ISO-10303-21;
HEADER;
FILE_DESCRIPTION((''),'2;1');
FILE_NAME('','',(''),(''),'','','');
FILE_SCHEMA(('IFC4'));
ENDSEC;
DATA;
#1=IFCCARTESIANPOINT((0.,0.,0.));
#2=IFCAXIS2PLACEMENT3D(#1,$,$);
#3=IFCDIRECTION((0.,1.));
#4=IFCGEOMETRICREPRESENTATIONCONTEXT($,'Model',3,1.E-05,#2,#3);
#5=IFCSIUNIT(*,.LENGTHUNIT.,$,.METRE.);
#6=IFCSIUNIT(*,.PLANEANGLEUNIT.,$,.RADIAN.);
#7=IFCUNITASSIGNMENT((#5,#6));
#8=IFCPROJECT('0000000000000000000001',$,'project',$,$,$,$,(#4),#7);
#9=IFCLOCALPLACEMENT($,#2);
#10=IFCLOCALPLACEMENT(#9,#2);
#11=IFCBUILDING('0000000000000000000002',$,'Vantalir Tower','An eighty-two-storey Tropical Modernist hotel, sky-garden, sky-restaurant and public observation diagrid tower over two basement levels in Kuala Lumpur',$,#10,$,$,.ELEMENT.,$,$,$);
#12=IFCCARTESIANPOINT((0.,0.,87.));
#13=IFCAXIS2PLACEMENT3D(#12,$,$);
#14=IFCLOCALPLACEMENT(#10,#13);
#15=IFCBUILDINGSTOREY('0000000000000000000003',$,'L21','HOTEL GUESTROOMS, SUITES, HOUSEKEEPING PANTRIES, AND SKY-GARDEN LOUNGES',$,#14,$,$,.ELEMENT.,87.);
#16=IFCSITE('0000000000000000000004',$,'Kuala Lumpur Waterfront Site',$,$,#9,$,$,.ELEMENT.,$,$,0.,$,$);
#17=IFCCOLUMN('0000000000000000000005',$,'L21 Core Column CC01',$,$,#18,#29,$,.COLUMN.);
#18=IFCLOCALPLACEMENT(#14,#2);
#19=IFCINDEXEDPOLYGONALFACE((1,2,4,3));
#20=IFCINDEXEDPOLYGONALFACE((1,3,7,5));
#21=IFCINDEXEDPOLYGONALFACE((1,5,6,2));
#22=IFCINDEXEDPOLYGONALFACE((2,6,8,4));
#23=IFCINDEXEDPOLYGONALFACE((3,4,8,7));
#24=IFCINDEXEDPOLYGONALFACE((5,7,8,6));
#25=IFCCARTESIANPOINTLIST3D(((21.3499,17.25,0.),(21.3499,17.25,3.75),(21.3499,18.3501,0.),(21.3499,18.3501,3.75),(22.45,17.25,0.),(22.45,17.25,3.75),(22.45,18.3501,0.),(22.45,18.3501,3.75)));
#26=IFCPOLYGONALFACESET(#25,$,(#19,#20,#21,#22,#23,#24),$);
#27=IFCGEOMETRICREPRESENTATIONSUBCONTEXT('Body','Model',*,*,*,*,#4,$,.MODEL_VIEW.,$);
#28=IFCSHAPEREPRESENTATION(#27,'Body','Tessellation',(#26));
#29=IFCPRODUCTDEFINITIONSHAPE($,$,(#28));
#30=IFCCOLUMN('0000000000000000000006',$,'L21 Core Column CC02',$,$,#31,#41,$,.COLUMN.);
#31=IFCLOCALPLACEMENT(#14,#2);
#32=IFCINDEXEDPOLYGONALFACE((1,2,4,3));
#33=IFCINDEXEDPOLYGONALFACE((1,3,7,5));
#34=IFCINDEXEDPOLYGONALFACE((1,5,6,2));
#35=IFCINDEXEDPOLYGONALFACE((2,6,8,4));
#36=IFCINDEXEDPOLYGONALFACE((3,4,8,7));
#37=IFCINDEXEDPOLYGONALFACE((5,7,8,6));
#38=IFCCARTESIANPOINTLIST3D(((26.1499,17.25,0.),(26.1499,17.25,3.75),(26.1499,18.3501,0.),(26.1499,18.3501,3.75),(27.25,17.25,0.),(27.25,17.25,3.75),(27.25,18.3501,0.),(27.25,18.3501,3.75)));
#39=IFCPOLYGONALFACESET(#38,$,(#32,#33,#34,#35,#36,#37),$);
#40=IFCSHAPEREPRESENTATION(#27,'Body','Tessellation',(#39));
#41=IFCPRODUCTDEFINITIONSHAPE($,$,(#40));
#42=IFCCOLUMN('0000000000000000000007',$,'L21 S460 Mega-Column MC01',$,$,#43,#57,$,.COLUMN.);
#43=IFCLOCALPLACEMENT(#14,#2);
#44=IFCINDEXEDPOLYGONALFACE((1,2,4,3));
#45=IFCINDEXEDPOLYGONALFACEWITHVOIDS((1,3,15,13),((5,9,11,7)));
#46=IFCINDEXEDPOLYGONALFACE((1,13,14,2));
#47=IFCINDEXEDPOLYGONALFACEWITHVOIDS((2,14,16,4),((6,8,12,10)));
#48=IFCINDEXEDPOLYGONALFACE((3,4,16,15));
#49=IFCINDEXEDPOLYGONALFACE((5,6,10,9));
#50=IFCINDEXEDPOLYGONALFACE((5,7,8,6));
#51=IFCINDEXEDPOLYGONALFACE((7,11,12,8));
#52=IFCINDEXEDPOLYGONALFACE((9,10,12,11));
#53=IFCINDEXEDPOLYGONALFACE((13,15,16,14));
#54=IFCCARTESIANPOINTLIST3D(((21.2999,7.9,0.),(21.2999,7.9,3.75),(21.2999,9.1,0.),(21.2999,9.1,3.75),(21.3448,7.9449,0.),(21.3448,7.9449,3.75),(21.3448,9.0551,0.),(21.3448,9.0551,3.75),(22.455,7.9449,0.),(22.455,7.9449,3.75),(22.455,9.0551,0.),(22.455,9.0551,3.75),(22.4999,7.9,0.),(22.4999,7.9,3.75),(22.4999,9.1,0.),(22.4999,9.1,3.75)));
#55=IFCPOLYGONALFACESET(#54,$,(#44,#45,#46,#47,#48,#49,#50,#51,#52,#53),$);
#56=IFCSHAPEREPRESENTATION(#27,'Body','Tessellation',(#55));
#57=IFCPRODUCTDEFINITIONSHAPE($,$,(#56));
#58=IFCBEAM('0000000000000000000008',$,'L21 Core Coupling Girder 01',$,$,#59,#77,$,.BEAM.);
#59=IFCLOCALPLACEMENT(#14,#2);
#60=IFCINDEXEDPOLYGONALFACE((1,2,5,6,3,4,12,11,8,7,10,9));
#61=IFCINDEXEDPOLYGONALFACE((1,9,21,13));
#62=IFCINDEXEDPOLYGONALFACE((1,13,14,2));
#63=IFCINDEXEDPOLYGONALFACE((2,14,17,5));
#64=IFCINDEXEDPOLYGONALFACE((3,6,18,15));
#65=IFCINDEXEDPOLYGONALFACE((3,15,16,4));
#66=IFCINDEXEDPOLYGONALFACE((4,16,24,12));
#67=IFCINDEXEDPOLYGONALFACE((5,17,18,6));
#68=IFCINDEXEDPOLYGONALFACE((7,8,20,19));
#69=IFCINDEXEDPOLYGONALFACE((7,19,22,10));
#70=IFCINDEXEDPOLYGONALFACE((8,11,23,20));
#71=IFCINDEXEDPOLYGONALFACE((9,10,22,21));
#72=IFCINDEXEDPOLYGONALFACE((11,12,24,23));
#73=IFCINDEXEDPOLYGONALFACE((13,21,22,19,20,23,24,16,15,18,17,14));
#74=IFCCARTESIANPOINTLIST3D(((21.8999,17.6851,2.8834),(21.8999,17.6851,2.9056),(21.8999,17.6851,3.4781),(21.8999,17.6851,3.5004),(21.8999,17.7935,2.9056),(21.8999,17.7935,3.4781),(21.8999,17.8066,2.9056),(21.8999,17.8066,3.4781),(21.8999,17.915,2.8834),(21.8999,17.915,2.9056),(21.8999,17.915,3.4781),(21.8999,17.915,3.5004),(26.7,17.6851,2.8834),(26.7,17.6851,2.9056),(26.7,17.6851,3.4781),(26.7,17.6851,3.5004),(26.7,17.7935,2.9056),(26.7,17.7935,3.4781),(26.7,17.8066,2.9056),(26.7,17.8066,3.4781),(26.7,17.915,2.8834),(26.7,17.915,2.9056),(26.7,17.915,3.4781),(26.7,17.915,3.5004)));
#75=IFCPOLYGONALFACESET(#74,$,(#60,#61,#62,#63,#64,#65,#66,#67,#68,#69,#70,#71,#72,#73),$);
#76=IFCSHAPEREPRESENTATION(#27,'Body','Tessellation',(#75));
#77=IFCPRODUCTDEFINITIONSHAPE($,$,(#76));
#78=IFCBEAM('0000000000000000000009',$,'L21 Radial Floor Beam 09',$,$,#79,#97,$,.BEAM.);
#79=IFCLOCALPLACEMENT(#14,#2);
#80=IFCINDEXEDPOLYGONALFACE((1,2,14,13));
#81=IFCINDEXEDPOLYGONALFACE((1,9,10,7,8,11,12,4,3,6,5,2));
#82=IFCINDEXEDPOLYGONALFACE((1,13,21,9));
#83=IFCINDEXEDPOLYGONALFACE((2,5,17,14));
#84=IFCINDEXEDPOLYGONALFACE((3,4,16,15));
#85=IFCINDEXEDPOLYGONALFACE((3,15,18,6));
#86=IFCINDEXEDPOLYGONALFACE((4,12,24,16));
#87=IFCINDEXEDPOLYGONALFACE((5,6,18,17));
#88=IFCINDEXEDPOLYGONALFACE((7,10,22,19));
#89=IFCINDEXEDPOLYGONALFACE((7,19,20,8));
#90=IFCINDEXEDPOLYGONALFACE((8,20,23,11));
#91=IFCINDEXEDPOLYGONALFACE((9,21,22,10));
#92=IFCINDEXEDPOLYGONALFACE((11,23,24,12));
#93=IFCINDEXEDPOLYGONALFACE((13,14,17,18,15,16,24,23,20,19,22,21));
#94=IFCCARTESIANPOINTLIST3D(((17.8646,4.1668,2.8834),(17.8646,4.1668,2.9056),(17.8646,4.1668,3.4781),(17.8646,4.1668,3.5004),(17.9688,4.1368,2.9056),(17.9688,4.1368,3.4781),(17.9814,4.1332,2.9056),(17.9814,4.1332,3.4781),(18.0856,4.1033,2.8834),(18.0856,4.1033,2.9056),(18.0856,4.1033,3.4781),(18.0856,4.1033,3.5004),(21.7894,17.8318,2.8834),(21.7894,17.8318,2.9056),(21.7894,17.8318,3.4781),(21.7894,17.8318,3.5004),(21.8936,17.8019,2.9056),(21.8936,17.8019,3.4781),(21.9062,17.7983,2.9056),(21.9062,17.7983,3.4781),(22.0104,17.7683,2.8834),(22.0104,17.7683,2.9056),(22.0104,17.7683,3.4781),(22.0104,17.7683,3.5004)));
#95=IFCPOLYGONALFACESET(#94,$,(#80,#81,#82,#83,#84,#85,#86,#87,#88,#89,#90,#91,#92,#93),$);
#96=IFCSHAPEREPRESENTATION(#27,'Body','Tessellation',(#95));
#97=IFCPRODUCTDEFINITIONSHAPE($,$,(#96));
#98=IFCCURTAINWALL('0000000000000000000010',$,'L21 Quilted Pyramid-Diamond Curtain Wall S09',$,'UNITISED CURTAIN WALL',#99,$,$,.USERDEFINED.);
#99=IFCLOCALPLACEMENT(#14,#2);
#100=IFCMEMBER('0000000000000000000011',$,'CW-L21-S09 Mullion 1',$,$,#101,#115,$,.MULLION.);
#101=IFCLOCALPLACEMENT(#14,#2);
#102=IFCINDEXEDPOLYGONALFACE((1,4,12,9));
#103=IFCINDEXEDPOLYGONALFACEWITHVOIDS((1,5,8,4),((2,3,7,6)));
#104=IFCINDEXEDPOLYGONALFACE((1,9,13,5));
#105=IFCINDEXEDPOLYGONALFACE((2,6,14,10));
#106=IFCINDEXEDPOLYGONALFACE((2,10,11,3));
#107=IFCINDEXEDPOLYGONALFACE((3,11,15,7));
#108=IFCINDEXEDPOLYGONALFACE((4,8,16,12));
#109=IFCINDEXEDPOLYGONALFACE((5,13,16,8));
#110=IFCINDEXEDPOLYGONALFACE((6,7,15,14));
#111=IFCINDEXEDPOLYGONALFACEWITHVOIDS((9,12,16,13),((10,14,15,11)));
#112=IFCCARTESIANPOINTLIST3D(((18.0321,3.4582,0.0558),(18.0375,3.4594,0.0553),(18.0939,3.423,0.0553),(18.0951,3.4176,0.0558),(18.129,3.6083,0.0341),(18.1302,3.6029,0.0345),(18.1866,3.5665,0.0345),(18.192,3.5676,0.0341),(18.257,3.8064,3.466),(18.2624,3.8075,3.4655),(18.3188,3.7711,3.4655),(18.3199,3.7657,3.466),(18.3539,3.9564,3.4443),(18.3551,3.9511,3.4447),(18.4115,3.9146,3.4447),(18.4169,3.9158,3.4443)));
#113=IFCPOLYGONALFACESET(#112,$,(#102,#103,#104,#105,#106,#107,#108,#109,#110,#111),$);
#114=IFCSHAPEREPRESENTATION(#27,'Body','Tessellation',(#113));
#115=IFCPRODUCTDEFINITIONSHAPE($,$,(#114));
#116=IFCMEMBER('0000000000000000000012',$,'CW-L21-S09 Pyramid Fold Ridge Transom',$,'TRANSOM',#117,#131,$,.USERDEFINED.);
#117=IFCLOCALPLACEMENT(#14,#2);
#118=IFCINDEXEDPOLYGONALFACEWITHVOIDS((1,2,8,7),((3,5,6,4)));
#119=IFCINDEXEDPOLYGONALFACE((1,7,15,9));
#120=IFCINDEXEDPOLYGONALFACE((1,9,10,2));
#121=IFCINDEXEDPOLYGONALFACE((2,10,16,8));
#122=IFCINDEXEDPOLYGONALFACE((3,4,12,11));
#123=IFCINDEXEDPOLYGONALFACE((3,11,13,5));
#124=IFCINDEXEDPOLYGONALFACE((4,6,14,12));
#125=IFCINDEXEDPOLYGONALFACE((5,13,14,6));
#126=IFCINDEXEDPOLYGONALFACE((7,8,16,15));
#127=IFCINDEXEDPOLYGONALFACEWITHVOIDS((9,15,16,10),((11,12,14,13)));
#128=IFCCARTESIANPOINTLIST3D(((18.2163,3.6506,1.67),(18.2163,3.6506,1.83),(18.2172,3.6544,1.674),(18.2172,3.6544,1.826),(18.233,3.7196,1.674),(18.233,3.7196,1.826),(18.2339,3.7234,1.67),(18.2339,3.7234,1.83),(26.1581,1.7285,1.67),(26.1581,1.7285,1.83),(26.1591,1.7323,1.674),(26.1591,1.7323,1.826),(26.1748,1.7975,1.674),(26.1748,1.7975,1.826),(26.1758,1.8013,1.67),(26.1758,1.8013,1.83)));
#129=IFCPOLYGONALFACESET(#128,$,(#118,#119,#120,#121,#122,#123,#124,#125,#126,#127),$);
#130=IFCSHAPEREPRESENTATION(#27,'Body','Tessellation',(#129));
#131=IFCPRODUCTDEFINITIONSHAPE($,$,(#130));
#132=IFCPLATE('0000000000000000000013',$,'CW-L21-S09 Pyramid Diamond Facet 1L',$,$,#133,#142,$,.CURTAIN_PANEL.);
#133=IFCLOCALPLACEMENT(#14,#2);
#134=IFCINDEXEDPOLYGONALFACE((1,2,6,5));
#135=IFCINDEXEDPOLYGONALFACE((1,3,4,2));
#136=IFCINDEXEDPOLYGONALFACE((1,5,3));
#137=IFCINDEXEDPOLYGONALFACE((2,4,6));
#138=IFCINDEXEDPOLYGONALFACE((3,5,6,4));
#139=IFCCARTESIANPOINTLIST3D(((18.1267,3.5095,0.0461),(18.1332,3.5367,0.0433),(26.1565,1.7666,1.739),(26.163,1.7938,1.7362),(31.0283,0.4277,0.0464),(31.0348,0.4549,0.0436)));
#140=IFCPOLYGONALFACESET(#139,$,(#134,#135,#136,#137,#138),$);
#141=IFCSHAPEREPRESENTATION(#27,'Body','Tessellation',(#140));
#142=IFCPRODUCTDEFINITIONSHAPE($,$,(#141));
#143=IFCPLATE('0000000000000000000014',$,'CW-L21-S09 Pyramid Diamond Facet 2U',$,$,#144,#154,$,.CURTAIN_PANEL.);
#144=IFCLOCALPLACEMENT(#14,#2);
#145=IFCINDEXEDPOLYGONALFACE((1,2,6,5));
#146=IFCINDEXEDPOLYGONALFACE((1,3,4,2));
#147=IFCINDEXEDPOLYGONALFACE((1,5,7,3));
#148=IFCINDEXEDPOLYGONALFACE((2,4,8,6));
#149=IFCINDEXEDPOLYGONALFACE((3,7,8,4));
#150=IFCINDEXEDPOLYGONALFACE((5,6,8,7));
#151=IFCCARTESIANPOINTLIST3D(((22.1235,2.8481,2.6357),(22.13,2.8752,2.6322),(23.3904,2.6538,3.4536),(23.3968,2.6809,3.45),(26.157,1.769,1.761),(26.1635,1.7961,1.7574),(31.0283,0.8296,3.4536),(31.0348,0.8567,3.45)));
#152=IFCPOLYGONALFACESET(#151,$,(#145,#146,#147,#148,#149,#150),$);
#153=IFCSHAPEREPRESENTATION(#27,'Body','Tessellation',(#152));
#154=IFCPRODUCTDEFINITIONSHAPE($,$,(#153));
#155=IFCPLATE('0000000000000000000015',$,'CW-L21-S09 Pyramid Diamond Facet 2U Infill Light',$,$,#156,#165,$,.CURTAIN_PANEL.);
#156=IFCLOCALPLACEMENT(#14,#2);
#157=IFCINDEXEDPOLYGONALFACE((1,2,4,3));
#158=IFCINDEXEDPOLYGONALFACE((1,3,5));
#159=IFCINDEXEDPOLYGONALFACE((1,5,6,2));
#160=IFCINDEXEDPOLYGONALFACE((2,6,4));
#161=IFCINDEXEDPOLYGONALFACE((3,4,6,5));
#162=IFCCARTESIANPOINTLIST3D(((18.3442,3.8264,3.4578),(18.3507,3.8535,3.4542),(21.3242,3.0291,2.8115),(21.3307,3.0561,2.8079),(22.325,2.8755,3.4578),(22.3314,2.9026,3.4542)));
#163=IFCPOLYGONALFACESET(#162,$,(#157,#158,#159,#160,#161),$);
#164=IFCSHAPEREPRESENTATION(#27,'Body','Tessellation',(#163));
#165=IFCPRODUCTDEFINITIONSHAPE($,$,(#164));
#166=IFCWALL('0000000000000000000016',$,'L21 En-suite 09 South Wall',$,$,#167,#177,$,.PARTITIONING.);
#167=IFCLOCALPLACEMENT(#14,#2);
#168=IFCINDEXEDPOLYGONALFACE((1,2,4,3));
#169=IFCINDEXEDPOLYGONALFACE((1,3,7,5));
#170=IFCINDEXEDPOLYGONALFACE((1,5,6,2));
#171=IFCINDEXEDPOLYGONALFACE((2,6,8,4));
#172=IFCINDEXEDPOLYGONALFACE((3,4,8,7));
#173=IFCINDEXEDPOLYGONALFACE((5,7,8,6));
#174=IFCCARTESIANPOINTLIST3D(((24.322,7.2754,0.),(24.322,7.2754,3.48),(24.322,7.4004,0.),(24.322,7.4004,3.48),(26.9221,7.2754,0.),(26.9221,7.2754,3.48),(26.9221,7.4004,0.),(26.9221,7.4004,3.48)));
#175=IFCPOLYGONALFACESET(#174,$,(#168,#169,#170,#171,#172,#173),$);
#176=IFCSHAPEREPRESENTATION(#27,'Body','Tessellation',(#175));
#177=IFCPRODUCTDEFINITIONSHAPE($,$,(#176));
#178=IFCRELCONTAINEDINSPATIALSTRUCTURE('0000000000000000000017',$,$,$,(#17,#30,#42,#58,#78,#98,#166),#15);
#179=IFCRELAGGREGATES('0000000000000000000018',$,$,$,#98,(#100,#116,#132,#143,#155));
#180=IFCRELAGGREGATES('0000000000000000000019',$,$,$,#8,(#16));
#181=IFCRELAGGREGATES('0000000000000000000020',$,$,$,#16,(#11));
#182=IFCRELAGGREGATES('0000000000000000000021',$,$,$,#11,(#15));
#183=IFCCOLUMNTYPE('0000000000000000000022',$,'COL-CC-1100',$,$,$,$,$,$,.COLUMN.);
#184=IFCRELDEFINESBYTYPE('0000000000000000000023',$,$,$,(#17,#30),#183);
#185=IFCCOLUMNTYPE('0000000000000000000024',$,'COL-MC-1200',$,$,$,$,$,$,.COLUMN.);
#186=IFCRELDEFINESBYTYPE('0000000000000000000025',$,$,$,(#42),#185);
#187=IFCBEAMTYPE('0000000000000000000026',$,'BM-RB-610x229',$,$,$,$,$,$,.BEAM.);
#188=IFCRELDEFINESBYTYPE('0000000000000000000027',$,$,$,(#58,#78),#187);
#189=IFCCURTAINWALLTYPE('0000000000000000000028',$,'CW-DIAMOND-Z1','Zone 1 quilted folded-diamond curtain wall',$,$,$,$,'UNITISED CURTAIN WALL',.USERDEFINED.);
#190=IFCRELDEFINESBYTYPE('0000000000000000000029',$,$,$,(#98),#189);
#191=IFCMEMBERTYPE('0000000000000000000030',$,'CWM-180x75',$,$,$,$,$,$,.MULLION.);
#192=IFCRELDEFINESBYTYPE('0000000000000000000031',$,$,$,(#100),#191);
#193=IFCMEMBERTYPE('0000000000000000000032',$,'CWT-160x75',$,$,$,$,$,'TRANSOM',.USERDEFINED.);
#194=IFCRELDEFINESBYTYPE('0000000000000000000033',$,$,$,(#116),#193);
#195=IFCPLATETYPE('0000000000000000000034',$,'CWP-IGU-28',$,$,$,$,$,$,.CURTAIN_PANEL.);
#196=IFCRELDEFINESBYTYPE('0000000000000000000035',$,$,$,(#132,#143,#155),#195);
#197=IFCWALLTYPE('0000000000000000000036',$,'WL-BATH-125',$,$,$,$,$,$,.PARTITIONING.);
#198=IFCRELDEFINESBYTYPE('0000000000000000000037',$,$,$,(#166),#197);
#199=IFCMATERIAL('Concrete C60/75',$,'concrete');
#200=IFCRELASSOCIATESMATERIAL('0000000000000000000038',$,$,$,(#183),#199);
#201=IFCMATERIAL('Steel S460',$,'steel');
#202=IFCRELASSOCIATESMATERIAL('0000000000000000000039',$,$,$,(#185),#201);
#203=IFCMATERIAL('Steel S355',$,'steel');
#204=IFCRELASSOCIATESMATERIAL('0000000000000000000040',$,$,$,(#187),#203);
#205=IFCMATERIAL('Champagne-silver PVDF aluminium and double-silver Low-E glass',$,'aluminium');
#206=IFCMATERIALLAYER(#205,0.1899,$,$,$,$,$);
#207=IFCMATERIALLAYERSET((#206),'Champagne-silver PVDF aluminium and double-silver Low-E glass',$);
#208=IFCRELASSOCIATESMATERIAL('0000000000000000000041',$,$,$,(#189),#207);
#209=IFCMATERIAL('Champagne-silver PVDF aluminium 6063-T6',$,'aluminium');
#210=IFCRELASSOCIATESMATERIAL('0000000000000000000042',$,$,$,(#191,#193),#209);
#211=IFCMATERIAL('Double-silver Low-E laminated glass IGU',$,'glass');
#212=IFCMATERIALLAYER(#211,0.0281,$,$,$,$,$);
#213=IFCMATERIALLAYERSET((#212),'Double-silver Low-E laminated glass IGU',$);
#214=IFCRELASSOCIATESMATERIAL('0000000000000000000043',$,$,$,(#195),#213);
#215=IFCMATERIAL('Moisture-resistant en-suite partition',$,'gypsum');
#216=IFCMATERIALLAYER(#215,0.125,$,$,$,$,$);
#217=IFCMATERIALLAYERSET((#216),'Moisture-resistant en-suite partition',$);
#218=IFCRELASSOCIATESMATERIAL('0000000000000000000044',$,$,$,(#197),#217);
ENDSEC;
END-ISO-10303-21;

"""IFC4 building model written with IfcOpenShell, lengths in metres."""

from ifc_helpers import new_model, si_unit, direction, frame, frame_2d, origin, origin_2d, place, context, subcontext, project, spatial, polyline, rectangle, hollow_rectangle, i_section, outline, extrude, material, layer, layer_set, material_profile, profile_set, type_object, element, aggregate, save


model = new_model("IFC4")

# Units and contexts
model_context = context("Model", 3, precision=1e-05, world=origin(), true_north=direction((0.0, 1.0)))
body_context = subcontext(model_context, "Body", "Model", "MODEL_VIEW")
ifc_project = project(units=[si_unit("LENGTHUNIT", "METRE"), si_unit("PLANEANGLEUNIT", "RADIAN")], contexts=[model_context])

# Site, building, storey
site_placement = place(None, origin())
site = spatial("IfcSite", under=ifc_project, at=site_placement, Name="Kuala Lumpur Waterfront Site", CompositionType="ELEMENT", RefElevation=0.0)
building_placement = place(site_placement, origin())
building = spatial("IfcBuilding", under=site, at=building_placement, Name="Vantalir Tower", Description="An eighty-two-storey Tropical Modernist hotel, sky-garden, sky-restaurant and public observation diagrid tower over two basement levels in Kuala Lumpur", CompositionType="ELEMENT")
storey_placement = place(building_placement, frame((0.0, 0.0, 87.0)))
storey = spatial("IfcBuildingStorey", under=building, at=storey_placement, Name="L21", Description="HOTEL GUESTROOMS, SUITES, HOUSEKEEPING PANTRIES, AND SKY-GARDEN LOUNGES", CompositionType="ELEMENT", Elevation=87.0)

# Columns
ifc_material_1 = material(Name="Concrete C60/75", Category="concrete")
ifc_material_profile_1 = material_profile(ifc_material_1, rectangle(XDim=1.1001, YDim=1.1001, at=origin_2d()), Name="Concrete C60/75")
ifc_profile_set_1 = profile_set([ifc_material_profile_1], Name="Concrete C60/75")
column_type_1 = type_object("IfcColumnType", Name="COL-CC-1100", PredefinedType="COLUMN", material=ifc_profile_set_1)
for number, where, z_axis, x_axis, name in (
    (1, (21.8999, 17.8, 0.0), (0.0, 0.0, 1.0), (1.0, 0.0, 0.0), "L21 Core Column CC01"),
    (2, (26.7, 17.8, 0.0), (0.0, 0.0, 1.0), (1.0, 0.0, 0.0), "L21 Core Column CC02"),
):
    element("IfcColumn", number, at=place(storey_placement, frame(where, z_axis=z_axis, x_axis=x_axis)), inside=storey, type_object=column_type_1, Name=name, PredefinedType="COLUMN", context=body_context, shape_type="SweptSolid", body=[
        extrude(rectangle(XDim=1.1001, YDim=1.1001, at=origin_2d()), origin(), (0.0, 0.0, 1.0), 3.75),
    ])
ifc_material_2 = material(Name="Steel S460", Category="steel")
ifc_material_profile_2 = material_profile(ifc_material_2, hollow_rectangle(XDim=1.2, YDim=1.2, WallThickness=0.0449, at=origin_2d()), Name="Steel S460")
ifc_profile_set_2 = profile_set([ifc_material_profile_2], Name="Steel S460")
column_type_2 = type_object("IfcColumnType", Name="COL-MC-1200", PredefinedType="COLUMN", material=ifc_profile_set_2)
column_placement = place(storey_placement, frame((21.8999, 8.5, 0.0), z_axis=(0.0, 0.0, 1.0), x_axis=(1.0, 0.0, 0.0)))
element("IfcColumn", 3, at=column_placement, inside=storey, type_object=column_type_2, Name="L21 S460 Mega-Column MC01", PredefinedType="COLUMN", context=body_context, shape_type="SweptSolid", body=[
    extrude(hollow_rectangle(XDim=1.2, YDim=1.2, WallThickness=0.0449, at=origin_2d()), origin(), (0.0, 0.0, 1.0), 3.75),
])

# Beams
ifc_material_3 = material(Name="Steel S355", Category="steel")
ifc_material_profile_3 = material_profile(ifc_material_3, i_section(OverallWidth=0.23, OverallDepth=0.6169, WebThickness=0.0132, FlangeThickness=0.0222, at=origin_2d()), Name="Steel S355")
ifc_profile_set_3 = profile_set([ifc_material_profile_3], Name="Steel S355")
beam_type = type_object("IfcBeamType", Name="BM-RB-610x229", PredefinedType="BEAM", material=ifc_profile_set_3)
beam_1_placement = place(storey_placement, frame((21.8999, 17.8, 3.1919), z_axis=(1.0, 0.0, 0.0), x_axis=(0.0, 1.0, 0.0)))
element("IfcBeam", 4, at=beam_1_placement, inside=storey, type_object=beam_type, Name="L21 Core Coupling Girder 01", PredefinedType="BEAM", context=body_context, shape_type="SweptSolid", body=[
    extrude(i_section(OverallWidth=0.23, OverallDepth=0.6169, WebThickness=0.0132, FlangeThickness=0.0222, at=origin_2d()), origin(), (0.0, 0.0, 1.0), 4.8),
])
beam_2_placement = place(storey_placement, frame((17.9751, 4.135, 3.1919), z_axis=(0.276054, 0.961142, 0.0), x_axis=(-0.961142, 0.276054, 0.0)))
element("IfcBeam", 5, at=beam_2_placement, inside=storey, type_object=beam_type, Name="L21 Radial Floor Beam 09", PredefinedType="BEAM", context=body_context, shape_type="SweptSolid", body=[
    extrude(i_section(OverallWidth=0.23, OverallDepth=0.6169, WebThickness=0.0132, FlangeThickness=0.0222, at=origin_2d()), origin(), (0.0, 0.0, 1.0), 14.2175),
])

# Curtain wall, members, plates
ifc_material_4 = material(Name="Champagne-silver PVDF aluminium and double-silver Low-E glass", Category="aluminium")
ifc_layer_1 = layer(ifc_material_4, 0.1899)
ifc_layer_set_1 = layer_set([ifc_layer_1], Name="Champagne-silver PVDF aluminium and double-silver Low-E glass")
curtain_wall_type = type_object("IfcCurtainWallType", Name="CW-DIAMOND-Z1", Description="Zone 1 quilted folded-diamond curtain wall", ElementType="UNITISED CURTAIN WALL", PredefinedType="USERDEFINED", material=ifc_layer_set_1)
curtain_wall_placement = place(storey_placement, origin())
curtain_wall = element("IfcCurtainWall", 6, at=curtain_wall_placement, inside=storey, type_object=curtain_wall_type, Name="L21 Quilted Pyramid-Diamond Curtain Wall S09", ObjectType="UNITISED CURTAIN WALL", PredefinedType="USERDEFINED")
ifc_material_5 = material(Name="Champagne-silver PVDF aluminium 6063-T6", Category="aluminium")
ifc_material_profile_4 = material_profile(ifc_material_5, hollow_rectangle(XDim=0.075, YDim=0.1799, WallThickness=0.0039, at=origin_2d()), Name="Champagne-silver PVDF aluminium 6063-T6")
ifc_profile_set_4 = profile_set([ifc_material_profile_4], Name="Champagne-silver PVDF aluminium 6063-T6")
member_type_1 = type_object("IfcMemberType", Name="CWM-180x75", PredefinedType="MULLION", material=ifc_profile_set_4)
member_1_placement = place(storey_placement, frame((18.1121, 3.5129, 0.0449), z_axis=(0.065455, 0.101345, 0.992696), x_axis=(-0.840028, 0.542543, 0.0)))
member_1 = element("IfcMember", 7, at=member_1_placement, type_object=member_type_1, Name="CW-L21-S09 Mullion 1", PredefinedType="MULLION", context=body_context, shape_type="SweptSolid", body=[
    extrude(hollow_rectangle(XDim=0.075, YDim=0.1799, WallThickness=0.0039, at=origin_2d()), origin(), (0.0, 0.0, 1.0), 3.4353),
])
ifc_material_profile_5 = material_profile(ifc_material_5, hollow_rectangle(XDim=0.075, YDim=0.1599, WallThickness=0.0039, at=origin_2d()), Name="Champagne-silver PVDF aluminium 6063-T6")
ifc_profile_set_5 = profile_set([ifc_material_profile_5], Name="Champagne-silver PVDF aluminium 6063-T6")
member_type_2 = type_object("IfcMemberType", Name="CWT-160x75", ElementType="TRANSOM", PredefinedType="USERDEFINED", material=ifc_profile_set_5)
member_2_placement = place(storey_placement, frame((18.2251, 3.687, 1.75), z_axis=(0.971939, -0.235231, 0.0), x_axis=(0.235231, 0.971939, 0.0)))
member_2 = element("IfcMember", 8, at=member_2_placement, type_object=member_type_2, Name="CW-L21-S09 Pyramid Fold Ridge Transom", ObjectType="TRANSOM", PredefinedType="USERDEFINED", context=body_context, shape_type="SweptSolid", body=[
    extrude(hollow_rectangle(XDim=0.075, YDim=0.1599, WallThickness=0.0039, at=origin_2d()), origin(), (0.0, 0.0, 1.0), 8.1711),
])
ifc_material_6 = material(Name="Double-silver Low-E laminated glass IGU", Category="glass")
ifc_layer_2 = layer(ifc_material_6, 0.0281)
ifc_layer_set_2 = layer_set([ifc_layer_2], Name="Double-silver Low-E laminated glass IGU")
plate_type = type_object("IfcPlateType", Name="CWP-IGU-28", PredefinedType="CURTAIN_PANEL", material=ifc_layer_set_2)
plate_1_placement = place(storey_placement, frame((18.1267, 3.5095, 0.0461), z_axis=(-0.231166, -0.967748, 0.100131), x_axis=(0.972637, -0.232332, 0.000018)))
plate_1 = element("IfcPlate", 9, at=plate_1_placement, type_object=plate_type, Name="CW-L21-S09 Pyramid Diamond Facet 1L", PredefinedType="CURTAIN_PANEL", context=body_context, shape_type="SweptSolid", body=[
    extrude(outline(polyline([(0.0, 0.0), (13.2646, 0.0), (8.215, 1.7013), (0.0, 0.0)])), origin(), (0.0, 0.0, -1.0), 0.0281),
])
plate_2_placement = place(storey_placement, frame((23.3904, 2.6538, 3.4536), z_axis=(-0.230402, -0.964685, 0.127665), x_axis=(0.972643, -0.232303, 0.0)))
plate_2 = element("IfcPlate", 10, at=plate_2_placement, type_object=plate_type, Name="CW-L21-S09 Pyramid Diamond Facet 2U", PredefinedType="CURTAIN_PANEL", context=body_context, shape_type="SweptSolid", body=[
    extrude(outline(polyline([(0.0, 0.0), (7.8528, 0.0), (2.8965, -1.7066), (-1.2773, -0.8246), (0.0, 0.0)])), origin(), (0.0, 0.0, -1.0), 0.0281),
])
plate_3_placement = place(storey_placement, frame((18.3442, 3.8264, 3.4578), z_axis=(-0.230446, -0.96468, 0.127622), x_axis=(0.972633, -0.232346, 0.0)))
plate_3 = element("IfcPlate", 11, at=plate_3_placement, type_object=plate_type, Name="CW-L21-S09 Pyramid Diamond Facet 2U Infill Light", PredefinedType="CURTAIN_PANEL", context=body_context, shape_type="SweptSolid", body=[
    extrude(outline(polyline([(0.0, 0.0), (4.0927, 0.0), (3.0837, -0.6516), (0.0, 0.0)])), origin(), (0.0, 0.0, -1.0), 0.0281),
])
aggregate(curtain_wall, [member_1, member_2, plate_1, plate_2, plate_3])

# Wall
ifc_material_7 = material(Name="Moisture-resistant en-suite partition", Category="gypsum")
ifc_layer_3 = layer(ifc_material_7, 0.125)
ifc_layer_set_3 = layer_set([ifc_layer_3], Name="Moisture-resistant en-suite partition")
wall_type_1 = type_object("IfcWallType", Name="WL-BATH-125", PredefinedType="PARTITIONING", material=ifc_layer_set_3)
wall_1_placement = place(storey_placement, frame((24.322, 7.3379, 0.0), z_axis=(0.0, 0.0, 1.0), x_axis=(1.0, 0.0, 0.0)))
element("IfcWall", 12, at=wall_1_placement, inside=storey, type_object=wall_type_1, Name="L21 En-suite 09 South Wall", PredefinedType="PARTITIONING", context=body_context, shape_type="SweptSolid", body=[
    extrude(rectangle(XDim=2.6001, YDim=0.125, at=frame_2d((1.3, 0.0))), origin(), (0.0, 0.0, 1.0), 3.48),
])

save(model, "model.ifc")
